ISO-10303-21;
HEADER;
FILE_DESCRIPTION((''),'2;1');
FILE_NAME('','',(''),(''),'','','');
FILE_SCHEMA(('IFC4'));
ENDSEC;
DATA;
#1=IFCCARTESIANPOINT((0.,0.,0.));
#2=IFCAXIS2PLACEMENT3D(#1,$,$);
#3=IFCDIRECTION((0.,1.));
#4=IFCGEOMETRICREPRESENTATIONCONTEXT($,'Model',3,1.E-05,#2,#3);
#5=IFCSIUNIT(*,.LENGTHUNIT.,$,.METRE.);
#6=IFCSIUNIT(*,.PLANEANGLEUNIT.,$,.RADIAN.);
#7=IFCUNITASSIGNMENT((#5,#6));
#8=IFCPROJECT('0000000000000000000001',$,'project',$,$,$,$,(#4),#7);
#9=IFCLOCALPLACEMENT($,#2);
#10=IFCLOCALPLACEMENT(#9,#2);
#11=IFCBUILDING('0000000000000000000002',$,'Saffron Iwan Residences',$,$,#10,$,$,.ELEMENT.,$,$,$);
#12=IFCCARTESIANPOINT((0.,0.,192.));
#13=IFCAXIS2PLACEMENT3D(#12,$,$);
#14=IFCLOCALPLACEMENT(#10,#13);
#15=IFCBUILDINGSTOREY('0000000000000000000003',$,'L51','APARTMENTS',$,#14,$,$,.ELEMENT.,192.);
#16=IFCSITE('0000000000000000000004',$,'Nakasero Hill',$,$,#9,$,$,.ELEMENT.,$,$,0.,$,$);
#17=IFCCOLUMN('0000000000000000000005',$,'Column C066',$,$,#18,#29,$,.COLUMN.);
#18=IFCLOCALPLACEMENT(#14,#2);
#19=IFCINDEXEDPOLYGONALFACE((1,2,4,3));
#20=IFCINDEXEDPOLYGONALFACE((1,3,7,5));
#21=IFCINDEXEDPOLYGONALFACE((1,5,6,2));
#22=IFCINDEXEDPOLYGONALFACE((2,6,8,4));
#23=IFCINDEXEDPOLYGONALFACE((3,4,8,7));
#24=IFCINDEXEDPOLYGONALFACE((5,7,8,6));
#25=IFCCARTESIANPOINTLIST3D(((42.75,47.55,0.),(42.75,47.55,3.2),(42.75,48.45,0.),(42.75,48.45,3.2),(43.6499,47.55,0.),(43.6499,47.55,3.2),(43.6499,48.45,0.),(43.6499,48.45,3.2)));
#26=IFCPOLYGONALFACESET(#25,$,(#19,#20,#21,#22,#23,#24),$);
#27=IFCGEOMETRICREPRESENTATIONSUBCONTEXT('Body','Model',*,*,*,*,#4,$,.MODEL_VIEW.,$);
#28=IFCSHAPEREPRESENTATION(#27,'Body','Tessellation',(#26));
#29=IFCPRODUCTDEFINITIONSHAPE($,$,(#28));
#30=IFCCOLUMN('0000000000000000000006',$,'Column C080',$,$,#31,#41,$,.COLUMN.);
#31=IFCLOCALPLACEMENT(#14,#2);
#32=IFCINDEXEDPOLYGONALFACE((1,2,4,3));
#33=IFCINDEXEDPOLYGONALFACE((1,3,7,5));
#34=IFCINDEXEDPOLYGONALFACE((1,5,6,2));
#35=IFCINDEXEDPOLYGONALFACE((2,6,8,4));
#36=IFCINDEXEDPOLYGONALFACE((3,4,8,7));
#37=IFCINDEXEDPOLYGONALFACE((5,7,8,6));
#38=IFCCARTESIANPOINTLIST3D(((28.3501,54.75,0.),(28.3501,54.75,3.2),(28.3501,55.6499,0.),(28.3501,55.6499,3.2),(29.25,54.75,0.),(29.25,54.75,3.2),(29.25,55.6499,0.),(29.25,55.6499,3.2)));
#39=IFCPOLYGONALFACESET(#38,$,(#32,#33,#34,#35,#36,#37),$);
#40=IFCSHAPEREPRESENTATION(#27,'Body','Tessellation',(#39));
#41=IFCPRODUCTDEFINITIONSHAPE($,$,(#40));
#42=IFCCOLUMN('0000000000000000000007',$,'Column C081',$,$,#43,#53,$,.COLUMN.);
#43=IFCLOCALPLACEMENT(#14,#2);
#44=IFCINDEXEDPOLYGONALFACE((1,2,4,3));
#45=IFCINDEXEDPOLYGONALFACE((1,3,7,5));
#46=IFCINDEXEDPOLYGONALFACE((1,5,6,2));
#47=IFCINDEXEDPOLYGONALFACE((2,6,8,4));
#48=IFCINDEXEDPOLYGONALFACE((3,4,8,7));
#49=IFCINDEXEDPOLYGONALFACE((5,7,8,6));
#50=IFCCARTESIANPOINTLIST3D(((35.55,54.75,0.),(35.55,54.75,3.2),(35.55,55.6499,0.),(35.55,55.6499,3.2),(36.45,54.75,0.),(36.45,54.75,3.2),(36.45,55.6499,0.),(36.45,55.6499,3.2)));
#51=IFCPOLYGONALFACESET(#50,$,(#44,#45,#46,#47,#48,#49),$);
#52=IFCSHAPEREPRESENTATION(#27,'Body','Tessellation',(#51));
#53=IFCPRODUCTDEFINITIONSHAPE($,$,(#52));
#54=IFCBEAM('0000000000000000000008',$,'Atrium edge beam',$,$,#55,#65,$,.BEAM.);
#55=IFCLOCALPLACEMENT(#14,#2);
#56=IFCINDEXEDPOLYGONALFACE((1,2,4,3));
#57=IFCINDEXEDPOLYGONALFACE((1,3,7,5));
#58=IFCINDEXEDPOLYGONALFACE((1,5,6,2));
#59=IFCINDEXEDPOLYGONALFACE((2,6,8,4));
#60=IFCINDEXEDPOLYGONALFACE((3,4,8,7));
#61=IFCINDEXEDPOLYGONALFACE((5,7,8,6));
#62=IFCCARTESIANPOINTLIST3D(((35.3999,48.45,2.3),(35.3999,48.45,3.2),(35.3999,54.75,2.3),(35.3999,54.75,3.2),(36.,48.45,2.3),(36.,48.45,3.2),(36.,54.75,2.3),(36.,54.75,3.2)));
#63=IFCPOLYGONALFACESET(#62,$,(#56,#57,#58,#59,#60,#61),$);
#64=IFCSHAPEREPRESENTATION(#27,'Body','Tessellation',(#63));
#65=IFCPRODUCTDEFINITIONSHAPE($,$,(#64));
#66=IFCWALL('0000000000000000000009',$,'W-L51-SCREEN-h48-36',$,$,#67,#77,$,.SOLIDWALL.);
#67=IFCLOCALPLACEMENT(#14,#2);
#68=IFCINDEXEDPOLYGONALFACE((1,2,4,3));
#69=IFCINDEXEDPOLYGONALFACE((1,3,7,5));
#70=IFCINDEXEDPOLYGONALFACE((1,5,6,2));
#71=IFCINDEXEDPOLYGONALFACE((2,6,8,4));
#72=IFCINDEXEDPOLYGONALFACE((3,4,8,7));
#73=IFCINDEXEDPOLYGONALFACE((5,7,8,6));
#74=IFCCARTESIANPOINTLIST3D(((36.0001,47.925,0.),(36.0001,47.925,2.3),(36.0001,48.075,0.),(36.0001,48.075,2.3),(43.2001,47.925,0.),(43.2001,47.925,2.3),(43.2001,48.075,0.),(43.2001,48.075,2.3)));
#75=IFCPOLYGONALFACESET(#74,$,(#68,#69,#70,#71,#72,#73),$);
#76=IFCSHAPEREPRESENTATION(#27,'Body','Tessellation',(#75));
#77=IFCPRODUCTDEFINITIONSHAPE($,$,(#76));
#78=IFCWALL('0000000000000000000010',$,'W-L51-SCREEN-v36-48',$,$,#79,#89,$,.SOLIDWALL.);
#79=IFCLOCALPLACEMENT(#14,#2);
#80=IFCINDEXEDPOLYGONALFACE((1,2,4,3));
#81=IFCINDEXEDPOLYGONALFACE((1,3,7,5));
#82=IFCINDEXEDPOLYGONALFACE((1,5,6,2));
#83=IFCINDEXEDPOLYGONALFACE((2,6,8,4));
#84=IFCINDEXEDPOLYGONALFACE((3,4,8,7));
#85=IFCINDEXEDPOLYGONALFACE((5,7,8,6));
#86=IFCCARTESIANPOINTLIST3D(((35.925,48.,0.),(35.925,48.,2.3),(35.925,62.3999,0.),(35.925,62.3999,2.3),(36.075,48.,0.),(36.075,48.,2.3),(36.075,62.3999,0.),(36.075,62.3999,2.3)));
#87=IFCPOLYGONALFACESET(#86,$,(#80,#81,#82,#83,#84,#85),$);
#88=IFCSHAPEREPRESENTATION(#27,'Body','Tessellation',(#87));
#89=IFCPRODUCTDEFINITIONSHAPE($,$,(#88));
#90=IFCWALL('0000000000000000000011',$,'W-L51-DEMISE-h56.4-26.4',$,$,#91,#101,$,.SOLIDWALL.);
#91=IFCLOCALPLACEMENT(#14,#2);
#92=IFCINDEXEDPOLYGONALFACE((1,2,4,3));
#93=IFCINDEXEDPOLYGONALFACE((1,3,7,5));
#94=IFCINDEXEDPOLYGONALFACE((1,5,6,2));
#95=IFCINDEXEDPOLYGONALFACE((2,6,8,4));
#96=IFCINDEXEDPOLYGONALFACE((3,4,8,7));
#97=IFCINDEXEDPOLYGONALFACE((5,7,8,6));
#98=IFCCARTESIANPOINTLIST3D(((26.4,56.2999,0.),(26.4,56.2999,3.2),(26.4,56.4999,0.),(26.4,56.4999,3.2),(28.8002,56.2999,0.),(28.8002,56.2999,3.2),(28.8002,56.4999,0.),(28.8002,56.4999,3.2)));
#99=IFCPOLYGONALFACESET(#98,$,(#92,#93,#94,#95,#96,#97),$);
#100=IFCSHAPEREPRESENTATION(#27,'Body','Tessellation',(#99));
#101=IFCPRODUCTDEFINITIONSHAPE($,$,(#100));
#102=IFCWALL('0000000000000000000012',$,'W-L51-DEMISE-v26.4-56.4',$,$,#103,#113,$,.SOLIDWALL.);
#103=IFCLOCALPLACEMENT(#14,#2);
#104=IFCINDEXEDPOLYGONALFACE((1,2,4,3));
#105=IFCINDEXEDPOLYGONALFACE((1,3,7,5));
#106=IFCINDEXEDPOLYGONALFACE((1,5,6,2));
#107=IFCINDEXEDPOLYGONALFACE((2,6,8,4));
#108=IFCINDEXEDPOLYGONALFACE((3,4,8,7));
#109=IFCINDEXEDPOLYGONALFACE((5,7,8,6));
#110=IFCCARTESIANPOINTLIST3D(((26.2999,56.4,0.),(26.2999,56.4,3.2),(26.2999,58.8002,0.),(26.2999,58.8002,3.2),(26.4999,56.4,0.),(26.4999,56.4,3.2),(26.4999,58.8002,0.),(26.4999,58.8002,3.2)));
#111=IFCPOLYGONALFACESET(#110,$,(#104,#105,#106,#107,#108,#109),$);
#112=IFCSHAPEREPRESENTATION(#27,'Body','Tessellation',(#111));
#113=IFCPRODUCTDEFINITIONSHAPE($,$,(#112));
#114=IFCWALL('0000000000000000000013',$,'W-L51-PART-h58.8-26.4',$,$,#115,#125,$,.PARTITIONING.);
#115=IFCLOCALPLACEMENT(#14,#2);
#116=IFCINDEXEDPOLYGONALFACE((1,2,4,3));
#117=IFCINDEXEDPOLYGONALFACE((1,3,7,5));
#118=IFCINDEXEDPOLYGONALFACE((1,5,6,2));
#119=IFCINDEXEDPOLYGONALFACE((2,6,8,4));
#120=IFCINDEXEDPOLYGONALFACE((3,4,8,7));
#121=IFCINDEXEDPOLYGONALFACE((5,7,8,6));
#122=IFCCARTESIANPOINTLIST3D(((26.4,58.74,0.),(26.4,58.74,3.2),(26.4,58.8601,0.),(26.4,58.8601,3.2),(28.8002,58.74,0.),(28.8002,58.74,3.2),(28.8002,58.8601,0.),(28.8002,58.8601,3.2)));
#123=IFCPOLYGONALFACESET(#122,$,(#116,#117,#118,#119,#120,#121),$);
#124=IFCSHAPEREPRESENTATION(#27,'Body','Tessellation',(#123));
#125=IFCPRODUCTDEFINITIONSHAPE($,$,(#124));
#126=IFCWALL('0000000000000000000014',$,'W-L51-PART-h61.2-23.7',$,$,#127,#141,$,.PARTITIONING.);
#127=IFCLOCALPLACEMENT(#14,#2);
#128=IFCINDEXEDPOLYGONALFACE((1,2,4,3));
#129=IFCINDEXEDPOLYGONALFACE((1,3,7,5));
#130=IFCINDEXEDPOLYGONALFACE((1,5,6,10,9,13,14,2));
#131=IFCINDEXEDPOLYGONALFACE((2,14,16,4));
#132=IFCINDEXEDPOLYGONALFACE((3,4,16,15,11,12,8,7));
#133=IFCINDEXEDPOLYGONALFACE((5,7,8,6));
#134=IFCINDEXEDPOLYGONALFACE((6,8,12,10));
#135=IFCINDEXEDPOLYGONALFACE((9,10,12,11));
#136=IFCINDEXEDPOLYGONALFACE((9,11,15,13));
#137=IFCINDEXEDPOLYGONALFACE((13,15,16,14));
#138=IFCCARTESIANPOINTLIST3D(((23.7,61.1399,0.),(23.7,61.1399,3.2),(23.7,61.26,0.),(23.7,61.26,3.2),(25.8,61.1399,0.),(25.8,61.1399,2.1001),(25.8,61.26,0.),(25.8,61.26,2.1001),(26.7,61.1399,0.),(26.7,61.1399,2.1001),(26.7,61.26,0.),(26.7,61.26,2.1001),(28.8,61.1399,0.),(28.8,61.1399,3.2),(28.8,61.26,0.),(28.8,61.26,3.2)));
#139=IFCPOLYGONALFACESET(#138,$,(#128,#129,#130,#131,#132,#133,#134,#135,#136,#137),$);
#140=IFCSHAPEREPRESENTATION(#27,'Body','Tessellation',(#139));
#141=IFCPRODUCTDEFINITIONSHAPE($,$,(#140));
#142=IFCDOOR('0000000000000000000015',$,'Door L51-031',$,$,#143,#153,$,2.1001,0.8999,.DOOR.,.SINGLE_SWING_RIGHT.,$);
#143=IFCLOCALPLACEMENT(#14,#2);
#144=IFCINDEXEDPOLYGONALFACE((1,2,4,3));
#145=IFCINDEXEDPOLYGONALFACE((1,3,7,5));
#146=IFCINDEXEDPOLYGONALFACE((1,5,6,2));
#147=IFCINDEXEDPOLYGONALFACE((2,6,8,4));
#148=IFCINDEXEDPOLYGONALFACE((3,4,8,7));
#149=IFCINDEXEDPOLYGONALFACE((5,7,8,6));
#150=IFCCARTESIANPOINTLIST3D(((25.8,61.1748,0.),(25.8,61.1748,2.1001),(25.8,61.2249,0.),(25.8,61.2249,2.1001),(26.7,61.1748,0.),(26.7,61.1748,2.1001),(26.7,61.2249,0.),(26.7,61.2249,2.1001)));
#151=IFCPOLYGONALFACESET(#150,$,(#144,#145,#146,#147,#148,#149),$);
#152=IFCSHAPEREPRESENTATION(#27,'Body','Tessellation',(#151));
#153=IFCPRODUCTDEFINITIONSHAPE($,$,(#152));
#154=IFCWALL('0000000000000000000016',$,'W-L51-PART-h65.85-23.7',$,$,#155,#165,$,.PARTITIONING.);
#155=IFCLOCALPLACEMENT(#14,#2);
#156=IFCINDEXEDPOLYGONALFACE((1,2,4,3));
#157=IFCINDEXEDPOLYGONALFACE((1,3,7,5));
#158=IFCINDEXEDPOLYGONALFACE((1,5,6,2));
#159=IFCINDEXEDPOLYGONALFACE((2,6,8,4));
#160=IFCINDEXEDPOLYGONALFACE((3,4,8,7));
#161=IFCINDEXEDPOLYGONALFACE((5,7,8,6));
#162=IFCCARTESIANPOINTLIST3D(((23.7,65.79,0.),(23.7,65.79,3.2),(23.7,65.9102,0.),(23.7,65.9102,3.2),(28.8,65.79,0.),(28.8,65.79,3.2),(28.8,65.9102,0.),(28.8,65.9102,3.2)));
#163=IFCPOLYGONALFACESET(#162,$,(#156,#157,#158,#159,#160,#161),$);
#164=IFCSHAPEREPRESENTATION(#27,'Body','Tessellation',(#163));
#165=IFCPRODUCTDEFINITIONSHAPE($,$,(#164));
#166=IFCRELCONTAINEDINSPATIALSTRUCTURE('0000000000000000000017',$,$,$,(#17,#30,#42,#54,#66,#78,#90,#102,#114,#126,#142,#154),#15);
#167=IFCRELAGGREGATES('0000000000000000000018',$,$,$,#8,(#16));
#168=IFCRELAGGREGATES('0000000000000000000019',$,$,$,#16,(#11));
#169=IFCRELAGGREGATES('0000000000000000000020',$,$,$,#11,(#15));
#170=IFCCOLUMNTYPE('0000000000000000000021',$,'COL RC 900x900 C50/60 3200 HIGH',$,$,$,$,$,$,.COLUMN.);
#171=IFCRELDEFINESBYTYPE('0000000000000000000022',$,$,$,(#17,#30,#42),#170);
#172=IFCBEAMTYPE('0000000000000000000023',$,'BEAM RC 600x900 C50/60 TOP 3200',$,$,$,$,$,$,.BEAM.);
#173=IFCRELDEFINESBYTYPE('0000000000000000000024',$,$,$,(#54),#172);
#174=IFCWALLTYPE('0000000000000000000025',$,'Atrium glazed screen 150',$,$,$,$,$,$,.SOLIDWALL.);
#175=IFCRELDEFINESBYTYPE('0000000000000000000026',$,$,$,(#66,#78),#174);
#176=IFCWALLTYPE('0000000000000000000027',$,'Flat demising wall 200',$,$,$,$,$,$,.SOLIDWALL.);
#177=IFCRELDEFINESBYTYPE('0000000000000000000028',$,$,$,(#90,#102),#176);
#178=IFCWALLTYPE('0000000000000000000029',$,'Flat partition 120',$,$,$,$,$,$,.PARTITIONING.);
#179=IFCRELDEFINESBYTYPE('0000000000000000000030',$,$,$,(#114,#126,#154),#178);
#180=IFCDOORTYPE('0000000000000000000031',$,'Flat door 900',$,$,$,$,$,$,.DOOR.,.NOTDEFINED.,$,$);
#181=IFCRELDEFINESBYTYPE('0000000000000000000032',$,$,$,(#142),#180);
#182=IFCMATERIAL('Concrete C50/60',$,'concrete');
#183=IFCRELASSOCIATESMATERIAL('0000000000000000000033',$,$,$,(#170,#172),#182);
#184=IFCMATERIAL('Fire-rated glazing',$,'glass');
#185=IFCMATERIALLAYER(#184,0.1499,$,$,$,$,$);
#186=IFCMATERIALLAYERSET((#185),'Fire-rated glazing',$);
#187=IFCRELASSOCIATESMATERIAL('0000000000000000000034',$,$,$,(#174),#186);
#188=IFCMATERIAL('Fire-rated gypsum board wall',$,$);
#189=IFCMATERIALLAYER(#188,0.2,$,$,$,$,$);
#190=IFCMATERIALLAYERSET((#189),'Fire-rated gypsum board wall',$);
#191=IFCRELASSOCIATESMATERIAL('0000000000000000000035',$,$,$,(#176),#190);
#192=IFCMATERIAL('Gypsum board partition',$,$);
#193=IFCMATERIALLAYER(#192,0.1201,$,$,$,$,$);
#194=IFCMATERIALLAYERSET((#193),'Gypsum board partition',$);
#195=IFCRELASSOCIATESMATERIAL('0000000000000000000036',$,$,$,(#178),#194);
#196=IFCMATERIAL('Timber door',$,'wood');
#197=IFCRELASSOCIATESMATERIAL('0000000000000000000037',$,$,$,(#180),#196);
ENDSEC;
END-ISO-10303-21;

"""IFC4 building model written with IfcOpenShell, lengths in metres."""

from ifc_helpers import new_model, si_unit, direction, frame, frame_2d, origin, origin_2d, place, context, subcontext, project, spatial, rectangle, extrude, source, transform, mapped, material, layer, layer_set, material_profile, profile_set, type_object, element, fill, save


model = new_model("IFC4")

# Units and contexts
model_context = context("Model", 3, precision=1e-05, world=origin(), true_north=direction((0.0, 1.0)))
body_context = subcontext(model_context, "Body", "Model", "MODEL_VIEW")
ifc_project = project(units=[si_unit("LENGTHUNIT", "METRE"), si_unit("PLANEANGLEUNIT", "RADIAN")], contexts=[model_context])

# Site, building, storey
site_placement = place(None, origin())
site = spatial("IfcSite", under=ifc_project, at=site_placement, Name="Nakasero Hill", CompositionType="ELEMENT", RefElevation=0.0)
building_placement = place(site_placement, origin())
building = spatial("IfcBuilding", under=site, at=building_placement, Name="Saffron Iwan Residences", CompositionType="ELEMENT")
storey_placement = place(building_placement, frame((0.0, 0.0, 192.0)))
storey = spatial("IfcBuildingStorey", under=building, at=storey_placement, Name="L51", Description="APARTMENTS", CompositionType="ELEMENT", Elevation=192.0)

# Columns
ifc_material_1 = material(Name="Concrete C50/60", Category="concrete")
ifc_material_profile_1 = material_profile(ifc_material_1, rectangle(XDim=0.8999, YDim=0.8999, at=origin_2d()), Name="RC 900x900")
ifc_profile_set_1 = profile_set([ifc_material_profile_1], Name="Concrete C50/60")
column_type = type_object("IfcColumnType", Name="COL RC 900x900 C50/60 3200 HIGH", PredefinedType="COLUMN", material=ifc_profile_set_1)
shared_shape_1 = source(origin(), body_context, "Body", "SweptSolid", [
    extrude(rectangle(XDim=0.8999, YDim=0.8999, at=origin_2d()), origin(), (0.0, 0.0, 1.0), 3.2),
])
for number, where, z_axis, x_axis, name in (
    (1, (43.2, 48.0, 0.0), (0.0, 0.0, 1.0), (1.0, 0.0, 0.0), "Column C066"),
    (2, (28.8, 55.2, 0.0), (0.0, 0.0, 1.0), (1.0, 0.0, 0.0), "Column C080"),
    (3, (36.0, 55.2, 0.0), (0.0, 0.0, 1.0), (1.0, 0.0, 0.0), "Column C081"),
):
    element("IfcColumn", number, at=place(storey_placement, frame(where, z_axis=z_axis, x_axis=x_axis)), inside=storey, type_object=column_type, Name=name, PredefinedType="COLUMN", context=body_context, shape_type="MappedRepresentation", body=[
        mapped(shared_shape_1, transform((0.0, 0.0, 0.0))),
    ])

# Beam
ifc_material_profile_2 = material_profile(ifc_material_1, rectangle(XDim=0.6001, YDim=0.8999, at=origin_2d()), Name="RC 600x900")
ifc_profile_set_2 = profile_set([ifc_material_profile_2], Name="Concrete C50/60")
beam_type = type_object("IfcBeamType", Name="BEAM RC 600x900 C50/60 TOP 3200", PredefinedType="BEAM", material=ifc_profile_set_2)
shared_shape_2 = source(origin(), body_context, "Body", "SweptSolid", [
    extrude(rectangle(XDim=0.6001, YDim=0.8999, at=origin_2d()), origin(), (0.0, 0.0, 1.0), 6.3),
])
beam_placement = place(storey_placement, frame((35.7, 48.45, 2.75), z_axis=(0.0, 1.0, 0.0), x_axis=(-1.0, 0.0, 0.0)))
element("IfcBeam", 4, at=beam_placement, inside=storey, type_object=beam_type, Name="Atrium edge beam", PredefinedType="BEAM", context=body_context, shape_type="MappedRepresentation", body=[
    mapped(shared_shape_2, transform((0.0, 0.0, 0.0))),
])

# Walls
ifc_material_2 = material(Name="Fire-rated glazing", Category="glass")
ifc_layer_1 = layer(ifc_material_2, 0.1499)
ifc_layer_set_1 = layer_set([ifc_layer_1], Name="Fire-rated glazing")
wall_type_1 = type_object("IfcWallType", Name="Atrium glazed screen 150", PredefinedType="SOLIDWALL", material=ifc_layer_set_1)
wall_1_placement = place(storey_placement, frame((36.0, 48.0, 0.0), z_axis=(0.0, 0.0, 1.0), x_axis=(1.0, 0.0, 0.0)))
element("IfcWall", 5, at=wall_1_placement, inside=storey, type_object=wall_type_1, Name="W-L51-SCREEN-h48-36", PredefinedType="SOLIDWALL", context=body_context, shape_type="SweptSolid", body=[
    extrude(rectangle(XDim=7.2, YDim=0.1499, at=frame_2d((3.6001, 0.0))), origin(), (0.0, 0.0, 1.0), 2.3),
])
wall_2_placement = place(storey_placement, frame((36.0, 48.0, 0.0), z_axis=(0.0, 0.0, 1.0), x_axis=(0.0, 1.0, 0.0)))
element("IfcWall", 6, at=wall_2_placement, inside=storey, type_object=wall_type_1, Name="W-L51-SCREEN-v36-48", PredefinedType="SOLIDWALL", context=body_context, shape_type="SweptSolid", body=[
    extrude(rectangle(XDim=14.3999, YDim=0.1499, at=frame_2d((7.2, 0.0))), origin(), (0.0, 0.0, 1.0), 2.3),
])
ifc_material_3 = material(Name="Fire-rated gypsum board wall")
ifc_layer_2 = layer(ifc_material_3, 0.2)
ifc_layer_set_2 = layer_set([ifc_layer_2], Name="Fire-rated gypsum board wall")
wall_type_2 = type_object("IfcWallType", Name="Flat demising wall 200", PredefinedType="SOLIDWALL", material=ifc_layer_set_2)
for number, where, z_axis, x_axis, name in (
    (7, (26.3999, 56.3999, 0.0), (0.0, 0.0, 1.0), (1.0, 0.0, 0.0), "W-L51-DEMISE-h56.4-26.4"),
    (8, (26.3999, 56.3999, 0.0), (0.0, 0.0, 1.0), (0.0, 1.0, 0.0), "W-L51-DEMISE-v26.4-56.4"),
):
    element("IfcWall", number, at=place(storey_placement, frame(where, z_axis=z_axis, x_axis=x_axis)), inside=storey, type_object=wall_type_2, Name=name, PredefinedType="SOLIDWALL", context=body_context, shape_type="SweptSolid", body=[
        extrude(rectangle(XDim=2.4001, YDim=0.2, at=frame_2d((1.2002, 0.0))), origin(), (0.0, 0.0, 1.0), 3.2),
    ])
ifc_material_4 = material(Name="Gypsum board partition")
ifc_layer_3 = layer(ifc_material_4, 0.1201)
ifc_layer_set_3 = layer_set([ifc_layer_3], Name="Gypsum board partition")
wall_type_3 = type_object("IfcWallType", Name="Flat partition 120", PredefinedType="PARTITIONING", material=ifc_layer_set_3)
wall_3_placement = place(storey_placement, frame((26.3999, 58.8, 0.0), z_axis=(0.0, 0.0, 1.0), x_axis=(1.0, 0.0, 0.0)))
element("IfcWall", 9, at=wall_3_placement, inside=storey, type_object=wall_type_3, Name="W-L51-PART-h58.8-26.4", PredefinedType="PARTITIONING", context=body_context, shape_type="SweptSolid", body=[
    extrude(rectangle(XDim=2.4001, YDim=0.1201, at=frame_2d((1.2002, 0.0))), origin(), (0.0, 0.0, 1.0), 3.2),
])

# Wall, opening, door
wall_4_placement = place(storey_placement, frame((23.7, 61.2, 0.0), z_axis=(0.0, 0.0, 1.0), x_axis=(1.0, 0.0, 0.0)))
wall_4 = element("IfcWall", 10, at=wall_4_placement, inside=storey, type_object=wall_type_3, Name="W-L51-PART-h61.2-23.7", PredefinedType="PARTITIONING", context=body_context, shape_type="SweptSolid", body=[
    extrude(rectangle(XDim=5.1001, YDim=0.1201, at=frame_2d((2.55, 0.0))), origin(), (0.0, 0.0, 1.0), 3.2),
])
opening_1_placement = place(wall_4_placement, frame((2.1001, 0.0, 0.0)))
opening_1 = element("IfcOpeningElement", 11, at=opening_1_placement, cuts=wall_4, PredefinedType="OPENING", context=body_context, shape_type="SweptSolid", body=[
    extrude(rectangle(XDim=0.8999, YDim=2.1001, at=frame_2d((0.45, 1.05))), frame((0.0, 0.0701, 0.0), z_axis=(0.0, -1.0, 0.0), x_axis=(1.0, 0.0, 0.0)), (0.0, 0.0, 1.0), 0.1401),
])
ifc_material_5 = material(Name="Timber door", Category="wood")
door_type_1 = type_object("IfcDoorType", Name="Flat door 900", OperationType="NOTDEFINED", PredefinedType="DOOR", material=ifc_material_5)
door_1_placement = place(opening_1_placement, origin())
door_1 = element("IfcDoor", 12, at=door_1_placement, inside=storey, type_object=door_type_1, Name="Door L51-031", OperationType="SINGLE_SWING_RIGHT", OverallHeight=2.1001, OverallWidth=0.8999, PredefinedType="DOOR", context=body_context, shape_type="SweptSolid", body=[
    extrude(rectangle(XDim=0.8999, YDim=2.1001, at=frame_2d((0.45, 1.05))), frame((0.0, 0.0249, 0.0), z_axis=(0.0, -1.0, 0.0), x_axis=(1.0, 0.0, 0.0)), (0.0, 0.0, 1.0), 0.05),
])
fill(opening_1, door_1)

# Wall
wall_5_placement = place(storey_placement, frame((23.7, 65.8501, 0.0), z_axis=(0.0, 0.0, 1.0), x_axis=(1.0, 0.0, 0.0)))
element("IfcWall", 13, at=wall_5_placement, inside=storey, type_object=wall_type_3, Name="W-L51-PART-h65.85-23.7", PredefinedType="PARTITIONING", context=body_context, shape_type="SweptSolid", body=[
    extrude(rectangle(XDim=5.1001, YDim=0.1201, at=frame_2d((2.55, 0.0))), origin(), (0.0, 0.0, 1.0), 3.2),
])

save(model, "model.ifc")
